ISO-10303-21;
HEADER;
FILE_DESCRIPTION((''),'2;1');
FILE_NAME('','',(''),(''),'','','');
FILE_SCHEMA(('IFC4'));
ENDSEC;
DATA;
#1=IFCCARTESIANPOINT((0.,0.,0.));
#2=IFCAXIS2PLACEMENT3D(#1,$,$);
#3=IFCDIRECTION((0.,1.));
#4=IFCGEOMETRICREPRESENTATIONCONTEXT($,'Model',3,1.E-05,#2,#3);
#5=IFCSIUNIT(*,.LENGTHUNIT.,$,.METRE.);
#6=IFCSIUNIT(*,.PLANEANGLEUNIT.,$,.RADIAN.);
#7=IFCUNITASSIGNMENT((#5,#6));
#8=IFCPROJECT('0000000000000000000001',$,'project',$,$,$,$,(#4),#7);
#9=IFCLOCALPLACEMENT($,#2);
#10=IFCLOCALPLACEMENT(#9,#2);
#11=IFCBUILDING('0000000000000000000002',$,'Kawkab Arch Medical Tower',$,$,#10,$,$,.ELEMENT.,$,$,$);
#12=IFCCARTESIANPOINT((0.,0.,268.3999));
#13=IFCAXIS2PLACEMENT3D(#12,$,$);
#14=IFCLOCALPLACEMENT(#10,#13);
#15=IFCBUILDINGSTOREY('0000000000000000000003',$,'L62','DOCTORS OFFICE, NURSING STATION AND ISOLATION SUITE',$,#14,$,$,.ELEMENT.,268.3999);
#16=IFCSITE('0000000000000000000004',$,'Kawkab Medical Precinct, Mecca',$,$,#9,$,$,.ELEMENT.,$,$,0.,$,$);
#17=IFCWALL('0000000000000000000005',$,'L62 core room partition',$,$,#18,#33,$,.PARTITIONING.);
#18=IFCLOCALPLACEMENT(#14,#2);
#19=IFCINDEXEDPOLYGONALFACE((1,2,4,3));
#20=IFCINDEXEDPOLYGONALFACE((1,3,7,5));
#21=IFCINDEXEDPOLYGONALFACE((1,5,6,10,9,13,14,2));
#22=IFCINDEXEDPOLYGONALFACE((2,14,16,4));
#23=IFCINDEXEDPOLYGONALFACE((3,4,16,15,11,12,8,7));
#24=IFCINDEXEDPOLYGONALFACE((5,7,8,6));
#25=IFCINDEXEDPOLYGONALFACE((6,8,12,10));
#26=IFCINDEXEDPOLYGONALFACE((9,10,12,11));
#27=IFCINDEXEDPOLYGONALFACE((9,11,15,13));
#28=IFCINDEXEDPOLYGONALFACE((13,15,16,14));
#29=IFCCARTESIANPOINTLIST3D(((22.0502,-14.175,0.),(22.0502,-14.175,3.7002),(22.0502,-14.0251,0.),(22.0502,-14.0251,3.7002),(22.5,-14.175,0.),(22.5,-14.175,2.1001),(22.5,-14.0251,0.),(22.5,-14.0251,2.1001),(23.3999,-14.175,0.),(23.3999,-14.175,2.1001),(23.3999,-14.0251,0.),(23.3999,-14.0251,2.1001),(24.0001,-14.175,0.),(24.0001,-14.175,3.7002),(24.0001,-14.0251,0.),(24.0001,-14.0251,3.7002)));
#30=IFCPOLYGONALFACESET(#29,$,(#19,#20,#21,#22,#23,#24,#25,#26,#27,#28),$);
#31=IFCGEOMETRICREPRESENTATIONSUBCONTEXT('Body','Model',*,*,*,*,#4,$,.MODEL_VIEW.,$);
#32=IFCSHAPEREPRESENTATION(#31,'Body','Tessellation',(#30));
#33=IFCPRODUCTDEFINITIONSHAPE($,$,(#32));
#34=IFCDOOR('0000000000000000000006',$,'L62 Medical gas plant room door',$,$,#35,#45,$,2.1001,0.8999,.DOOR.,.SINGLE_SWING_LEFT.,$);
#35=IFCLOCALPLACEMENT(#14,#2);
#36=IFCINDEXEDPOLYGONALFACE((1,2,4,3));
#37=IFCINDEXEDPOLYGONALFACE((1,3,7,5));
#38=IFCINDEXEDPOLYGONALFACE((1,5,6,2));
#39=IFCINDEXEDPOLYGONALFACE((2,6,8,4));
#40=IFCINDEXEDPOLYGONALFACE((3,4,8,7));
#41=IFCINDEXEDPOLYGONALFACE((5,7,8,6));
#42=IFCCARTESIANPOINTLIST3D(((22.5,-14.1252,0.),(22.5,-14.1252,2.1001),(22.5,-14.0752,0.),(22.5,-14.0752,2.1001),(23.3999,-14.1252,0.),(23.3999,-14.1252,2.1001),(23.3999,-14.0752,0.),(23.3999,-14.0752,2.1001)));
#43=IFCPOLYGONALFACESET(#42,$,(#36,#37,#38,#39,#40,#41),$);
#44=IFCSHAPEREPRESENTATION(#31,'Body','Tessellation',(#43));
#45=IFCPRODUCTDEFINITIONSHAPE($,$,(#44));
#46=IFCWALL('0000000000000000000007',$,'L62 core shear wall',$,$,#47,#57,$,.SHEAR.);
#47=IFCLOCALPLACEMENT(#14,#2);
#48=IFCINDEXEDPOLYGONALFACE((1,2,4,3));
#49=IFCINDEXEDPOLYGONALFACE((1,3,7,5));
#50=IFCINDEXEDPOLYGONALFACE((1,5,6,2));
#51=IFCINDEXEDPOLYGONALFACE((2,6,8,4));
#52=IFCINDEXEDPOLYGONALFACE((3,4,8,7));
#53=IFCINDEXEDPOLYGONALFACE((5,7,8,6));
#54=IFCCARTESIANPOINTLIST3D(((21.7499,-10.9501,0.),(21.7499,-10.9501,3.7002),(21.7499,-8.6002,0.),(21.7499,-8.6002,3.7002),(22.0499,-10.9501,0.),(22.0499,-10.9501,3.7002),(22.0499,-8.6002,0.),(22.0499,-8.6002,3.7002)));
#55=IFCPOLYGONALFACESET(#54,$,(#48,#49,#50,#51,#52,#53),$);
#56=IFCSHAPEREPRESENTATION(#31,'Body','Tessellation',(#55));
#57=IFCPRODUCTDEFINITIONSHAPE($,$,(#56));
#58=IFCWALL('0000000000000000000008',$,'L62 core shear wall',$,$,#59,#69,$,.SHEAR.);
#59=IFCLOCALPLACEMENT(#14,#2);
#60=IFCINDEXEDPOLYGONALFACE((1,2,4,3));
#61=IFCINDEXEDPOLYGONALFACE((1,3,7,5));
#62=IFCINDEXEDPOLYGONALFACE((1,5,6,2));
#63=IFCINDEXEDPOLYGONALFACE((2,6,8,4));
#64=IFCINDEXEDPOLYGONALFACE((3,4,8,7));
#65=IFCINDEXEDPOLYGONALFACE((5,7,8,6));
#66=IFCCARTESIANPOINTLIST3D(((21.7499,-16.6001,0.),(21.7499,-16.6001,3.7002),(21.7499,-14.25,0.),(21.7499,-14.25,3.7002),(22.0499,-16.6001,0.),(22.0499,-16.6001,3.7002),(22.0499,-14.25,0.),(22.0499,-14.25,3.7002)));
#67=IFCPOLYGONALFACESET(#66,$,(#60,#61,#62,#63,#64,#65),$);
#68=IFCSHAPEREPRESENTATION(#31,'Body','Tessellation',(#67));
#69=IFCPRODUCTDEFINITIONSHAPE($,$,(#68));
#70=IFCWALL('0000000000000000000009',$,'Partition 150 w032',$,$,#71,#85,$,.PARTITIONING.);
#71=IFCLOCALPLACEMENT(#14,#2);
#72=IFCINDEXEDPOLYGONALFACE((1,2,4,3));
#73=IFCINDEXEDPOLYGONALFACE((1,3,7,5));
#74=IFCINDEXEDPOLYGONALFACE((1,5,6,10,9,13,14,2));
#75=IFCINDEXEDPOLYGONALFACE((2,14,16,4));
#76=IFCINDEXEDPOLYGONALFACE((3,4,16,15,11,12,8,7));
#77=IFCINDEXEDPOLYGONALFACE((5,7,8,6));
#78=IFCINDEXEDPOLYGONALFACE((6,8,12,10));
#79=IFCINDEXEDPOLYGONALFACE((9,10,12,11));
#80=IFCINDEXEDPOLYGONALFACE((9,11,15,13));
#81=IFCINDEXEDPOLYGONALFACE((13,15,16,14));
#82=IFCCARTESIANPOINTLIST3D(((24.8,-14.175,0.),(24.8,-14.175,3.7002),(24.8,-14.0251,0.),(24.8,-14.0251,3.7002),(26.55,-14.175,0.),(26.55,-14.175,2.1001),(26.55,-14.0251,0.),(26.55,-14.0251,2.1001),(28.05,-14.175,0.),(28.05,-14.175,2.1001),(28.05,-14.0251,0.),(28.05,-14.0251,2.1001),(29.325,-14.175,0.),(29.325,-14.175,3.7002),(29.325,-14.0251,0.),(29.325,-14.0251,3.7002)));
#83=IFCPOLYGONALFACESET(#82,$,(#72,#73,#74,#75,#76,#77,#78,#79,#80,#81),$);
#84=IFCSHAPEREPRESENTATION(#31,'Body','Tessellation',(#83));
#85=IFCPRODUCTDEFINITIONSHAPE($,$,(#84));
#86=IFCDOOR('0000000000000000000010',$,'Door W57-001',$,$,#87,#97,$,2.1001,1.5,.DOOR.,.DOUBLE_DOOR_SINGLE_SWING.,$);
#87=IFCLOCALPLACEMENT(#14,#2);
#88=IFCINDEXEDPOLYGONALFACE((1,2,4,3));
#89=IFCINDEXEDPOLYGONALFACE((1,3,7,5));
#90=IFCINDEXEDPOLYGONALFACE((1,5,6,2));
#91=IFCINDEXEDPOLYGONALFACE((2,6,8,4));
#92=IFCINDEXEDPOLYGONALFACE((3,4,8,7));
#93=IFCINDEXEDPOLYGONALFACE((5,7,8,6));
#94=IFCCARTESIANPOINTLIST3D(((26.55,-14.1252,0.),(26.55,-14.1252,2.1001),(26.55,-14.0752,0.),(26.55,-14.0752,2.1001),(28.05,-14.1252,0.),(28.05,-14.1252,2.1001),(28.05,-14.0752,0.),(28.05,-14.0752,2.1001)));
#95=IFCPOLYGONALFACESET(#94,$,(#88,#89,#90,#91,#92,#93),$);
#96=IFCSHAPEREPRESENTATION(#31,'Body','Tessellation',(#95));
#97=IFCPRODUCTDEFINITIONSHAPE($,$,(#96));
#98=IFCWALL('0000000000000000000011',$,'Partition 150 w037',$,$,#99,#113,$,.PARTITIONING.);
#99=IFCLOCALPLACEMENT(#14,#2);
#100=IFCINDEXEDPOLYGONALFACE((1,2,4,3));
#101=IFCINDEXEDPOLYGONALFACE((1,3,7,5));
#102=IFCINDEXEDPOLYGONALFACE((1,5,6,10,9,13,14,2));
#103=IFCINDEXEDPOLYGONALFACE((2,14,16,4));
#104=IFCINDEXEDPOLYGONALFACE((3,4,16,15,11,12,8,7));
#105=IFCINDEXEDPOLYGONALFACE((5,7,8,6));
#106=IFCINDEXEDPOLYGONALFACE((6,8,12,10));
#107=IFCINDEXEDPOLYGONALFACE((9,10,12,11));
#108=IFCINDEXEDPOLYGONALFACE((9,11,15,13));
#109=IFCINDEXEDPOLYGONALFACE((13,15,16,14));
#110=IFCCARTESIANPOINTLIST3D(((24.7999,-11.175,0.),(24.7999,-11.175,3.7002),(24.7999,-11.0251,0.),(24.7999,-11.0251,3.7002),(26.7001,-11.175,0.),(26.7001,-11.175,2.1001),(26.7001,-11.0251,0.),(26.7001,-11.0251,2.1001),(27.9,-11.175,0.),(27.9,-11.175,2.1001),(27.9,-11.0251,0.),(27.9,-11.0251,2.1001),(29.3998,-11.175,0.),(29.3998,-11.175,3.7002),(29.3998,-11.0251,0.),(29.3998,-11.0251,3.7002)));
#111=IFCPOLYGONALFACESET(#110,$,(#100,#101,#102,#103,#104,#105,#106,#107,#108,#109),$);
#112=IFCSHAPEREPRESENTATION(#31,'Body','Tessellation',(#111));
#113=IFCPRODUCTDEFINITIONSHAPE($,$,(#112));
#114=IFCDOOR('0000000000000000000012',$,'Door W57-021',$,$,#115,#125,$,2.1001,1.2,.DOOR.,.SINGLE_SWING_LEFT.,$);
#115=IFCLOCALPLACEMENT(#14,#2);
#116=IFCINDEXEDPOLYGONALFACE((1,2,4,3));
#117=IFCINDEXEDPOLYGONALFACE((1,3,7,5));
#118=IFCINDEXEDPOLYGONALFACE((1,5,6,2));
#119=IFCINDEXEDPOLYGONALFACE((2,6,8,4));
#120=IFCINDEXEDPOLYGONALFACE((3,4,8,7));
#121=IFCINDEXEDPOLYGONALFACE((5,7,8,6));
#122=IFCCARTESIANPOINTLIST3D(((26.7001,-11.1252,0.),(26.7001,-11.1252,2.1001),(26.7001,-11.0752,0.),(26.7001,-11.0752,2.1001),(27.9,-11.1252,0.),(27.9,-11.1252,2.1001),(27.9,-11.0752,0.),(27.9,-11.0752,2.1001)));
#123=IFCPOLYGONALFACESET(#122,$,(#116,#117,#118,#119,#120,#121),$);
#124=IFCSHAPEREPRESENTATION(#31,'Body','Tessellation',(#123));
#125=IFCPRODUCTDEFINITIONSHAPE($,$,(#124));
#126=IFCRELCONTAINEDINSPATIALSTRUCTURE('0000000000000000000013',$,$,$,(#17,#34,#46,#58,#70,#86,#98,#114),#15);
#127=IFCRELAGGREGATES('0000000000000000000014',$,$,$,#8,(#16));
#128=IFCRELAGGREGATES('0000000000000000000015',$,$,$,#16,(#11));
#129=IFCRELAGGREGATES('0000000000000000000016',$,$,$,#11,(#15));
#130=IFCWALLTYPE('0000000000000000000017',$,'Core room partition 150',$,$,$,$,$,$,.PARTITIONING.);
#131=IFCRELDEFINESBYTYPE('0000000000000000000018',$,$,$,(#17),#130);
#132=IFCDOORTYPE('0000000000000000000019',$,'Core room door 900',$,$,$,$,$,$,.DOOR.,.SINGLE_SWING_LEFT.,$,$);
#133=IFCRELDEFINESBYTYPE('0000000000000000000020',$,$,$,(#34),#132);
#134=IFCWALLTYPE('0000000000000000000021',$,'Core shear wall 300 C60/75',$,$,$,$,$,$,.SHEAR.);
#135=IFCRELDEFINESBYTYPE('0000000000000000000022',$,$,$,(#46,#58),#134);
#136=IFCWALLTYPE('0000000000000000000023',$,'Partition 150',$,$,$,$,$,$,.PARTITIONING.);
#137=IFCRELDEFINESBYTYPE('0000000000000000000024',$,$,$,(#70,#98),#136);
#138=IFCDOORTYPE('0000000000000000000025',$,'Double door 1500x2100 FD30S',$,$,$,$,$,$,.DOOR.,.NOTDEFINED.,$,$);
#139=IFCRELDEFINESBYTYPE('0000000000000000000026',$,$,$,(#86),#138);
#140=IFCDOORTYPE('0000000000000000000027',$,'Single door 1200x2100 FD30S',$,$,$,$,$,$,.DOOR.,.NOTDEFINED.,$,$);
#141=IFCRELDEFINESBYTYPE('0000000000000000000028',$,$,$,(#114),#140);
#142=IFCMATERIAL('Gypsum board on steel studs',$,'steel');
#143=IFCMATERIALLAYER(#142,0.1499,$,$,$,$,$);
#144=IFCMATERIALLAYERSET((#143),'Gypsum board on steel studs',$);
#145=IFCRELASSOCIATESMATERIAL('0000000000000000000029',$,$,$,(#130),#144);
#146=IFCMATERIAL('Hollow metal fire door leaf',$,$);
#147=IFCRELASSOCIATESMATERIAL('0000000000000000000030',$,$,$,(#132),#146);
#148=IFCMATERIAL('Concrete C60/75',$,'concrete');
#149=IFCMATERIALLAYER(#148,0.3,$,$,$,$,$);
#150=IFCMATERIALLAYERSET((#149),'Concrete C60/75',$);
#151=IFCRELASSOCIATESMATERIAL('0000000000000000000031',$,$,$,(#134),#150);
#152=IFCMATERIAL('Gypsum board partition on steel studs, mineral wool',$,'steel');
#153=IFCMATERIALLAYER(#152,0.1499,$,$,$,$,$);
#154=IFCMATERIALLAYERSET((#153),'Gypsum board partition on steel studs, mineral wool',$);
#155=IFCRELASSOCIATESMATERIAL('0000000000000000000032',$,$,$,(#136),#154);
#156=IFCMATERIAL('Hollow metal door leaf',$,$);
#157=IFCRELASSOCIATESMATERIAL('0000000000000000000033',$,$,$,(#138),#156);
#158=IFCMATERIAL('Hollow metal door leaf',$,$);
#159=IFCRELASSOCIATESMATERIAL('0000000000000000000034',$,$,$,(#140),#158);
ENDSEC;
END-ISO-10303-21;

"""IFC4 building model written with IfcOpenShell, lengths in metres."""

from ifc_helpers import new_model, si_unit, direction, frame, frame_2d, origin, place, context, subcontext, project, spatial, rectangle, extrude, material, layer, layer_set, type_object, element, fill, save


model = new_model("IFC4")

# Units and contexts
model_context = context("Model", 3, precision=1e-05, world=origin(), true_north=direction((0.0, 1.0)))
body_context = subcontext(model_context, "Body", "Model", "MODEL_VIEW")
ifc_project = project(units=[si_unit("LENGTHUNIT", "METRE"), si_unit("PLANEANGLEUNIT", "RADIAN")], contexts=[model_context])

# Site, building, storey
site_placement = place(None, origin())
site = spatial("IfcSite", under=ifc_project, at=site_placement, Name="Kawkab Medical Precinct, Mecca", CompositionType="ELEMENT", RefElevation=0.0)
building_placement = place(site_placement, origin())
building = spatial("IfcBuilding", under=site, at=building_placement, Name="Kawkab Arch Medical Tower", CompositionType="ELEMENT")
storey_placement = place(building_placement, frame((0.0, 0.0, 268.3999)))
storey = spatial("IfcBuildingStorey", under=building, at=storey_placement, Name="L62", Description="DOCTORS OFFICE, NURSING STATION AND ISOLATION SUITE", CompositionType="ELEMENT", Elevation=268.3999)

# Wall, opening, door
ifc_material_1 = material(Name="Gypsum board on steel studs", Category="steel")
ifc_layer_1 = layer(ifc_material_1, 0.1499)
ifc_layer_set_1 = layer_set([ifc_layer_1], Name="Gypsum board on steel studs")
wall_type_1 = type_object("IfcWallType", Name="Core room partition 150", PredefinedType="PARTITIONING", material=ifc_layer_set_1)
wall_1_placement = place(storey_placement, frame((22.05, -14.1001, 0.0), z_axis=(0.0, 0.0, 1.0), x_axis=(1.0, 0.0, 0.0)))
wall_1 = element("IfcWall", 1, at=wall_1_placement, inside=storey, type_object=wall_type_1, Name="L62 core room partition", PredefinedType="PARTITIONING", context=body_context, shape_type="SweptSolid", body=[
    extrude(rectangle(XDim=1.95, YDim=0.1499, at=frame_2d((0.9751, 0.0))), origin(), (0.0, 0.0, 1.0), 3.7002),
])
opening_1_placement = place(wall_1_placement, frame((0.45, 0.0, 0.0)))
opening_1 = element("IfcOpeningElement", 2, at=opening_1_placement, cuts=wall_1, PredefinedType="OPENING", context=body_context, shape_type="SweptSolid", body=[
    extrude(rectangle(XDim=0.8999, YDim=2.1001, at=frame_2d((0.45, 1.05))), frame((0.0, 0.085, 0.0), z_axis=(0.0, -1.0, 0.0), x_axis=(1.0, 0.0, 0.0)), (0.0, 0.0, 1.0), 0.1699),
])
ifc_material_2 = material(Name="Hollow metal fire door leaf")
door_type_1 = type_object("IfcDoorType", Name="Core room door 900", OperationType="SINGLE_SWING_LEFT", PredefinedType="DOOR", material=ifc_material_2)
door_1_placement = place(opening_1_placement, origin())
door_1 = element("IfcDoor", 3, at=door_1_placement, inside=storey, type_object=door_type_1, Name="L62 Medical gas plant room door", OperationType="SINGLE_SWING_LEFT", OverallHeight=2.1001, OverallWidth=0.8999, PredefinedType="DOOR", context=body_context, shape_type="SweptSolid", body=[
    extrude(rectangle(XDim=0.8999, YDim=2.1001, at=frame_2d((0.45, 1.05))), frame((0.0, 0.0249, 0.0), z_axis=(0.0, -1.0, 0.0), x_axis=(1.0, 0.0, 0.0)), (0.0, 0.0, 1.0), 0.05),
])
fill(opening_1, door_1)

# Walls
ifc_material_3 = material(Name="Concrete C60/75", Category="concrete")
ifc_layer_2 = layer(ifc_material_3, 0.3)
ifc_layer_set_2 = layer_set([ifc_layer_2], Name="Concrete C60/75")
wall_type_2 = type_object("IfcWallType", Name="Core shear wall 300 C60/75", PredefinedType="SHEAR", material=ifc_layer_set_2)
wall_2_placement = place(storey_placement, frame((21.8999, -10.95, 0.0), z_axis=(0.0, 0.0, 1.0), x_axis=(0.0, 1.0, 0.0)))
element("IfcWall", 4, at=wall_2_placement, inside=storey, type_object=wall_type_2, Name="L62 core shear wall", PredefinedType="SHEAR", context=body_context, shape_type="SweptSolid", body=[
    extrude(rectangle(XDim=2.3499, YDim=0.3, at=frame_2d((1.1748, 0.0))), origin(), (0.0, 0.0, 1.0), 3.7002),
])
wall_3_placement = place(storey_placement, frame((21.8999, -16.6001, 0.0), z_axis=(0.0, 0.0, 1.0), x_axis=(0.0, 1.0, 0.0)))
element("IfcWall", 5, at=wall_3_placement, inside=storey, type_object=wall_type_2, Name="L62 core shear wall", PredefinedType="SHEAR", context=body_context, shape_type="SweptSolid", body=[
    extrude(rectangle(XDim=2.3501, YDim=0.3, at=frame_2d((1.175, 0.0))), origin(), (0.0, 0.0, 1.0), 3.7002),
])

# Wall, opening, door
ifc_material_4 = material(Name="Gypsum board partition on steel studs, mineral wool", Category="steel")
ifc_layer_3 = layer(ifc_material_4, 0.1499)
ifc_layer_set_3 = layer_set([ifc_layer_3], Name="Gypsum board partition on steel studs, mineral wool")
wall_type_3 = type_object("IfcWallType", Name="Partition 150", PredefinedType="PARTITIONING", material=ifc_layer_set_3)
wall_4_placement = place(storey_placement, frame((24.8, -14.1001, 0.0), z_axis=(0.0, 0.0, 1.0), x_axis=(1.0, 0.0, 0.0)))
wall_4 = element("IfcWall", 6, at=wall_4_placement, inside=storey, type_object=wall_type_3, Name="Partition 150 w032", PredefinedType="PARTITIONING", context=body_context, shape_type="SweptSolid", body=[
    extrude(rectangle(XDim=4.5249, YDim=0.1499, at=frame_2d((2.2625, 0.0))), origin(), (0.0, 0.0, 1.0), 3.7002),
])
opening_2_placement = place(wall_4_placement, frame((1.75, 0.0, 0.0)))
opening_2 = element("IfcOpeningElement", 7, at=opening_2_placement, cuts=wall_4, PredefinedType="OPENING", context=body_context, shape_type="SweptSolid", body=[
    extrude(rectangle(XDim=1.5, YDim=2.1001, at=frame_2d((0.75, 1.05))), frame((0.0, 0.085, 0.0), z_axis=(0.0, -1.0, 0.0), x_axis=(1.0, 0.0, 0.0)), (0.0, 0.0, 1.0), 0.1699),
])
ifc_material_5 = material(Name="Hollow metal door leaf")
door_type_2 = type_object("IfcDoorType", Name="Double door 1500x2100 FD30S", OperationType="NOTDEFINED", PredefinedType="DOOR", material=ifc_material_5)
door_2_placement = place(opening_2_placement, origin())
door_2 = element("IfcDoor", 8, at=door_2_placement, inside=storey, type_object=door_type_2, Name="Door W57-001", OperationType="DOUBLE_DOOR_SINGLE_SWING", OverallHeight=2.1001, OverallWidth=1.5, PredefinedType="DOOR", context=body_context, shape_type="SweptSolid", body=[
    extrude(rectangle(XDim=1.5, YDim=2.1001, at=frame_2d((0.75, 1.05))), frame((0.0, 0.0249, 0.0), z_axis=(0.0, -1.0, 0.0), x_axis=(1.0, 0.0, 0.0)), (0.0, 0.0, 1.0), 0.05),
])
fill(opening_2, door_2)

# Shared definitions
ifc_material_6 = material(Name="Hollow metal door leaf")
door_type_3 = type_object("IfcDoorType", Name="Single door 1200x2100 FD30S", OperationType="NOTDEFINED", PredefinedType="DOOR", material=ifc_material_6)

# Wall, opening, door
wall_5_placement = place(storey_placement, frame((24.8, -11.1001, 0.0), z_axis=(0.0, 0.0, 1.0), x_axis=(1.0, 0.0, 0.0)))
wall_5 = element("IfcWall", 9, at=wall_5_placement, inside=storey, type_object=wall_type_3, Name="Partition 150 w037", PredefinedType="PARTITIONING", context=body_context, shape_type="SweptSolid", body=[
    extrude(rectangle(XDim=4.5999, YDim=0.1499, at=frame_2d((2.2998, 0.0))), origin(), (0.0, 0.0, 1.0), 3.7002),
])
opening_3_placement = place(wall_5_placement, frame((1.8999, 0.0, 0.0)))
opening_3 = element("IfcOpeningElement", 10, at=opening_3_placement, cuts=wall_5, PredefinedType="OPENING", context=body_context, shape_type="SweptSolid", body=[
    extrude(rectangle(XDim=1.2, YDim=2.1001, at=frame_2d((0.6001, 1.05))), frame((0.0, 0.085, 0.0), z_axis=(0.0, -1.0, 0.0), x_axis=(1.0, 0.0, 0.0)), (0.0, 0.0, 1.0), 0.1699),
])
door_3_placement = place(opening_3_placement, origin())
door_3 = element("IfcDoor", 11, at=door_3_placement, inside=storey, type_object=door_type_3, Name="Door W57-021", OperationType="SINGLE_SWING_LEFT", OverallHeight=2.1001, OverallWidth=1.2, PredefinedType="DOOR", context=body_context, shape_type="SweptSolid", body=[
    extrude(rectangle(XDim=1.2, YDim=2.1001, at=frame_2d((0.6001, 1.05))), frame((0.0, 0.0249, 0.0), z_axis=(0.0, -1.0, 0.0), x_axis=(1.0, 0.0, 0.0)), (0.0, 0.0, 1.0), 0.05),
])
fill(opening_3, door_3)

save(model, "model.ifc")
